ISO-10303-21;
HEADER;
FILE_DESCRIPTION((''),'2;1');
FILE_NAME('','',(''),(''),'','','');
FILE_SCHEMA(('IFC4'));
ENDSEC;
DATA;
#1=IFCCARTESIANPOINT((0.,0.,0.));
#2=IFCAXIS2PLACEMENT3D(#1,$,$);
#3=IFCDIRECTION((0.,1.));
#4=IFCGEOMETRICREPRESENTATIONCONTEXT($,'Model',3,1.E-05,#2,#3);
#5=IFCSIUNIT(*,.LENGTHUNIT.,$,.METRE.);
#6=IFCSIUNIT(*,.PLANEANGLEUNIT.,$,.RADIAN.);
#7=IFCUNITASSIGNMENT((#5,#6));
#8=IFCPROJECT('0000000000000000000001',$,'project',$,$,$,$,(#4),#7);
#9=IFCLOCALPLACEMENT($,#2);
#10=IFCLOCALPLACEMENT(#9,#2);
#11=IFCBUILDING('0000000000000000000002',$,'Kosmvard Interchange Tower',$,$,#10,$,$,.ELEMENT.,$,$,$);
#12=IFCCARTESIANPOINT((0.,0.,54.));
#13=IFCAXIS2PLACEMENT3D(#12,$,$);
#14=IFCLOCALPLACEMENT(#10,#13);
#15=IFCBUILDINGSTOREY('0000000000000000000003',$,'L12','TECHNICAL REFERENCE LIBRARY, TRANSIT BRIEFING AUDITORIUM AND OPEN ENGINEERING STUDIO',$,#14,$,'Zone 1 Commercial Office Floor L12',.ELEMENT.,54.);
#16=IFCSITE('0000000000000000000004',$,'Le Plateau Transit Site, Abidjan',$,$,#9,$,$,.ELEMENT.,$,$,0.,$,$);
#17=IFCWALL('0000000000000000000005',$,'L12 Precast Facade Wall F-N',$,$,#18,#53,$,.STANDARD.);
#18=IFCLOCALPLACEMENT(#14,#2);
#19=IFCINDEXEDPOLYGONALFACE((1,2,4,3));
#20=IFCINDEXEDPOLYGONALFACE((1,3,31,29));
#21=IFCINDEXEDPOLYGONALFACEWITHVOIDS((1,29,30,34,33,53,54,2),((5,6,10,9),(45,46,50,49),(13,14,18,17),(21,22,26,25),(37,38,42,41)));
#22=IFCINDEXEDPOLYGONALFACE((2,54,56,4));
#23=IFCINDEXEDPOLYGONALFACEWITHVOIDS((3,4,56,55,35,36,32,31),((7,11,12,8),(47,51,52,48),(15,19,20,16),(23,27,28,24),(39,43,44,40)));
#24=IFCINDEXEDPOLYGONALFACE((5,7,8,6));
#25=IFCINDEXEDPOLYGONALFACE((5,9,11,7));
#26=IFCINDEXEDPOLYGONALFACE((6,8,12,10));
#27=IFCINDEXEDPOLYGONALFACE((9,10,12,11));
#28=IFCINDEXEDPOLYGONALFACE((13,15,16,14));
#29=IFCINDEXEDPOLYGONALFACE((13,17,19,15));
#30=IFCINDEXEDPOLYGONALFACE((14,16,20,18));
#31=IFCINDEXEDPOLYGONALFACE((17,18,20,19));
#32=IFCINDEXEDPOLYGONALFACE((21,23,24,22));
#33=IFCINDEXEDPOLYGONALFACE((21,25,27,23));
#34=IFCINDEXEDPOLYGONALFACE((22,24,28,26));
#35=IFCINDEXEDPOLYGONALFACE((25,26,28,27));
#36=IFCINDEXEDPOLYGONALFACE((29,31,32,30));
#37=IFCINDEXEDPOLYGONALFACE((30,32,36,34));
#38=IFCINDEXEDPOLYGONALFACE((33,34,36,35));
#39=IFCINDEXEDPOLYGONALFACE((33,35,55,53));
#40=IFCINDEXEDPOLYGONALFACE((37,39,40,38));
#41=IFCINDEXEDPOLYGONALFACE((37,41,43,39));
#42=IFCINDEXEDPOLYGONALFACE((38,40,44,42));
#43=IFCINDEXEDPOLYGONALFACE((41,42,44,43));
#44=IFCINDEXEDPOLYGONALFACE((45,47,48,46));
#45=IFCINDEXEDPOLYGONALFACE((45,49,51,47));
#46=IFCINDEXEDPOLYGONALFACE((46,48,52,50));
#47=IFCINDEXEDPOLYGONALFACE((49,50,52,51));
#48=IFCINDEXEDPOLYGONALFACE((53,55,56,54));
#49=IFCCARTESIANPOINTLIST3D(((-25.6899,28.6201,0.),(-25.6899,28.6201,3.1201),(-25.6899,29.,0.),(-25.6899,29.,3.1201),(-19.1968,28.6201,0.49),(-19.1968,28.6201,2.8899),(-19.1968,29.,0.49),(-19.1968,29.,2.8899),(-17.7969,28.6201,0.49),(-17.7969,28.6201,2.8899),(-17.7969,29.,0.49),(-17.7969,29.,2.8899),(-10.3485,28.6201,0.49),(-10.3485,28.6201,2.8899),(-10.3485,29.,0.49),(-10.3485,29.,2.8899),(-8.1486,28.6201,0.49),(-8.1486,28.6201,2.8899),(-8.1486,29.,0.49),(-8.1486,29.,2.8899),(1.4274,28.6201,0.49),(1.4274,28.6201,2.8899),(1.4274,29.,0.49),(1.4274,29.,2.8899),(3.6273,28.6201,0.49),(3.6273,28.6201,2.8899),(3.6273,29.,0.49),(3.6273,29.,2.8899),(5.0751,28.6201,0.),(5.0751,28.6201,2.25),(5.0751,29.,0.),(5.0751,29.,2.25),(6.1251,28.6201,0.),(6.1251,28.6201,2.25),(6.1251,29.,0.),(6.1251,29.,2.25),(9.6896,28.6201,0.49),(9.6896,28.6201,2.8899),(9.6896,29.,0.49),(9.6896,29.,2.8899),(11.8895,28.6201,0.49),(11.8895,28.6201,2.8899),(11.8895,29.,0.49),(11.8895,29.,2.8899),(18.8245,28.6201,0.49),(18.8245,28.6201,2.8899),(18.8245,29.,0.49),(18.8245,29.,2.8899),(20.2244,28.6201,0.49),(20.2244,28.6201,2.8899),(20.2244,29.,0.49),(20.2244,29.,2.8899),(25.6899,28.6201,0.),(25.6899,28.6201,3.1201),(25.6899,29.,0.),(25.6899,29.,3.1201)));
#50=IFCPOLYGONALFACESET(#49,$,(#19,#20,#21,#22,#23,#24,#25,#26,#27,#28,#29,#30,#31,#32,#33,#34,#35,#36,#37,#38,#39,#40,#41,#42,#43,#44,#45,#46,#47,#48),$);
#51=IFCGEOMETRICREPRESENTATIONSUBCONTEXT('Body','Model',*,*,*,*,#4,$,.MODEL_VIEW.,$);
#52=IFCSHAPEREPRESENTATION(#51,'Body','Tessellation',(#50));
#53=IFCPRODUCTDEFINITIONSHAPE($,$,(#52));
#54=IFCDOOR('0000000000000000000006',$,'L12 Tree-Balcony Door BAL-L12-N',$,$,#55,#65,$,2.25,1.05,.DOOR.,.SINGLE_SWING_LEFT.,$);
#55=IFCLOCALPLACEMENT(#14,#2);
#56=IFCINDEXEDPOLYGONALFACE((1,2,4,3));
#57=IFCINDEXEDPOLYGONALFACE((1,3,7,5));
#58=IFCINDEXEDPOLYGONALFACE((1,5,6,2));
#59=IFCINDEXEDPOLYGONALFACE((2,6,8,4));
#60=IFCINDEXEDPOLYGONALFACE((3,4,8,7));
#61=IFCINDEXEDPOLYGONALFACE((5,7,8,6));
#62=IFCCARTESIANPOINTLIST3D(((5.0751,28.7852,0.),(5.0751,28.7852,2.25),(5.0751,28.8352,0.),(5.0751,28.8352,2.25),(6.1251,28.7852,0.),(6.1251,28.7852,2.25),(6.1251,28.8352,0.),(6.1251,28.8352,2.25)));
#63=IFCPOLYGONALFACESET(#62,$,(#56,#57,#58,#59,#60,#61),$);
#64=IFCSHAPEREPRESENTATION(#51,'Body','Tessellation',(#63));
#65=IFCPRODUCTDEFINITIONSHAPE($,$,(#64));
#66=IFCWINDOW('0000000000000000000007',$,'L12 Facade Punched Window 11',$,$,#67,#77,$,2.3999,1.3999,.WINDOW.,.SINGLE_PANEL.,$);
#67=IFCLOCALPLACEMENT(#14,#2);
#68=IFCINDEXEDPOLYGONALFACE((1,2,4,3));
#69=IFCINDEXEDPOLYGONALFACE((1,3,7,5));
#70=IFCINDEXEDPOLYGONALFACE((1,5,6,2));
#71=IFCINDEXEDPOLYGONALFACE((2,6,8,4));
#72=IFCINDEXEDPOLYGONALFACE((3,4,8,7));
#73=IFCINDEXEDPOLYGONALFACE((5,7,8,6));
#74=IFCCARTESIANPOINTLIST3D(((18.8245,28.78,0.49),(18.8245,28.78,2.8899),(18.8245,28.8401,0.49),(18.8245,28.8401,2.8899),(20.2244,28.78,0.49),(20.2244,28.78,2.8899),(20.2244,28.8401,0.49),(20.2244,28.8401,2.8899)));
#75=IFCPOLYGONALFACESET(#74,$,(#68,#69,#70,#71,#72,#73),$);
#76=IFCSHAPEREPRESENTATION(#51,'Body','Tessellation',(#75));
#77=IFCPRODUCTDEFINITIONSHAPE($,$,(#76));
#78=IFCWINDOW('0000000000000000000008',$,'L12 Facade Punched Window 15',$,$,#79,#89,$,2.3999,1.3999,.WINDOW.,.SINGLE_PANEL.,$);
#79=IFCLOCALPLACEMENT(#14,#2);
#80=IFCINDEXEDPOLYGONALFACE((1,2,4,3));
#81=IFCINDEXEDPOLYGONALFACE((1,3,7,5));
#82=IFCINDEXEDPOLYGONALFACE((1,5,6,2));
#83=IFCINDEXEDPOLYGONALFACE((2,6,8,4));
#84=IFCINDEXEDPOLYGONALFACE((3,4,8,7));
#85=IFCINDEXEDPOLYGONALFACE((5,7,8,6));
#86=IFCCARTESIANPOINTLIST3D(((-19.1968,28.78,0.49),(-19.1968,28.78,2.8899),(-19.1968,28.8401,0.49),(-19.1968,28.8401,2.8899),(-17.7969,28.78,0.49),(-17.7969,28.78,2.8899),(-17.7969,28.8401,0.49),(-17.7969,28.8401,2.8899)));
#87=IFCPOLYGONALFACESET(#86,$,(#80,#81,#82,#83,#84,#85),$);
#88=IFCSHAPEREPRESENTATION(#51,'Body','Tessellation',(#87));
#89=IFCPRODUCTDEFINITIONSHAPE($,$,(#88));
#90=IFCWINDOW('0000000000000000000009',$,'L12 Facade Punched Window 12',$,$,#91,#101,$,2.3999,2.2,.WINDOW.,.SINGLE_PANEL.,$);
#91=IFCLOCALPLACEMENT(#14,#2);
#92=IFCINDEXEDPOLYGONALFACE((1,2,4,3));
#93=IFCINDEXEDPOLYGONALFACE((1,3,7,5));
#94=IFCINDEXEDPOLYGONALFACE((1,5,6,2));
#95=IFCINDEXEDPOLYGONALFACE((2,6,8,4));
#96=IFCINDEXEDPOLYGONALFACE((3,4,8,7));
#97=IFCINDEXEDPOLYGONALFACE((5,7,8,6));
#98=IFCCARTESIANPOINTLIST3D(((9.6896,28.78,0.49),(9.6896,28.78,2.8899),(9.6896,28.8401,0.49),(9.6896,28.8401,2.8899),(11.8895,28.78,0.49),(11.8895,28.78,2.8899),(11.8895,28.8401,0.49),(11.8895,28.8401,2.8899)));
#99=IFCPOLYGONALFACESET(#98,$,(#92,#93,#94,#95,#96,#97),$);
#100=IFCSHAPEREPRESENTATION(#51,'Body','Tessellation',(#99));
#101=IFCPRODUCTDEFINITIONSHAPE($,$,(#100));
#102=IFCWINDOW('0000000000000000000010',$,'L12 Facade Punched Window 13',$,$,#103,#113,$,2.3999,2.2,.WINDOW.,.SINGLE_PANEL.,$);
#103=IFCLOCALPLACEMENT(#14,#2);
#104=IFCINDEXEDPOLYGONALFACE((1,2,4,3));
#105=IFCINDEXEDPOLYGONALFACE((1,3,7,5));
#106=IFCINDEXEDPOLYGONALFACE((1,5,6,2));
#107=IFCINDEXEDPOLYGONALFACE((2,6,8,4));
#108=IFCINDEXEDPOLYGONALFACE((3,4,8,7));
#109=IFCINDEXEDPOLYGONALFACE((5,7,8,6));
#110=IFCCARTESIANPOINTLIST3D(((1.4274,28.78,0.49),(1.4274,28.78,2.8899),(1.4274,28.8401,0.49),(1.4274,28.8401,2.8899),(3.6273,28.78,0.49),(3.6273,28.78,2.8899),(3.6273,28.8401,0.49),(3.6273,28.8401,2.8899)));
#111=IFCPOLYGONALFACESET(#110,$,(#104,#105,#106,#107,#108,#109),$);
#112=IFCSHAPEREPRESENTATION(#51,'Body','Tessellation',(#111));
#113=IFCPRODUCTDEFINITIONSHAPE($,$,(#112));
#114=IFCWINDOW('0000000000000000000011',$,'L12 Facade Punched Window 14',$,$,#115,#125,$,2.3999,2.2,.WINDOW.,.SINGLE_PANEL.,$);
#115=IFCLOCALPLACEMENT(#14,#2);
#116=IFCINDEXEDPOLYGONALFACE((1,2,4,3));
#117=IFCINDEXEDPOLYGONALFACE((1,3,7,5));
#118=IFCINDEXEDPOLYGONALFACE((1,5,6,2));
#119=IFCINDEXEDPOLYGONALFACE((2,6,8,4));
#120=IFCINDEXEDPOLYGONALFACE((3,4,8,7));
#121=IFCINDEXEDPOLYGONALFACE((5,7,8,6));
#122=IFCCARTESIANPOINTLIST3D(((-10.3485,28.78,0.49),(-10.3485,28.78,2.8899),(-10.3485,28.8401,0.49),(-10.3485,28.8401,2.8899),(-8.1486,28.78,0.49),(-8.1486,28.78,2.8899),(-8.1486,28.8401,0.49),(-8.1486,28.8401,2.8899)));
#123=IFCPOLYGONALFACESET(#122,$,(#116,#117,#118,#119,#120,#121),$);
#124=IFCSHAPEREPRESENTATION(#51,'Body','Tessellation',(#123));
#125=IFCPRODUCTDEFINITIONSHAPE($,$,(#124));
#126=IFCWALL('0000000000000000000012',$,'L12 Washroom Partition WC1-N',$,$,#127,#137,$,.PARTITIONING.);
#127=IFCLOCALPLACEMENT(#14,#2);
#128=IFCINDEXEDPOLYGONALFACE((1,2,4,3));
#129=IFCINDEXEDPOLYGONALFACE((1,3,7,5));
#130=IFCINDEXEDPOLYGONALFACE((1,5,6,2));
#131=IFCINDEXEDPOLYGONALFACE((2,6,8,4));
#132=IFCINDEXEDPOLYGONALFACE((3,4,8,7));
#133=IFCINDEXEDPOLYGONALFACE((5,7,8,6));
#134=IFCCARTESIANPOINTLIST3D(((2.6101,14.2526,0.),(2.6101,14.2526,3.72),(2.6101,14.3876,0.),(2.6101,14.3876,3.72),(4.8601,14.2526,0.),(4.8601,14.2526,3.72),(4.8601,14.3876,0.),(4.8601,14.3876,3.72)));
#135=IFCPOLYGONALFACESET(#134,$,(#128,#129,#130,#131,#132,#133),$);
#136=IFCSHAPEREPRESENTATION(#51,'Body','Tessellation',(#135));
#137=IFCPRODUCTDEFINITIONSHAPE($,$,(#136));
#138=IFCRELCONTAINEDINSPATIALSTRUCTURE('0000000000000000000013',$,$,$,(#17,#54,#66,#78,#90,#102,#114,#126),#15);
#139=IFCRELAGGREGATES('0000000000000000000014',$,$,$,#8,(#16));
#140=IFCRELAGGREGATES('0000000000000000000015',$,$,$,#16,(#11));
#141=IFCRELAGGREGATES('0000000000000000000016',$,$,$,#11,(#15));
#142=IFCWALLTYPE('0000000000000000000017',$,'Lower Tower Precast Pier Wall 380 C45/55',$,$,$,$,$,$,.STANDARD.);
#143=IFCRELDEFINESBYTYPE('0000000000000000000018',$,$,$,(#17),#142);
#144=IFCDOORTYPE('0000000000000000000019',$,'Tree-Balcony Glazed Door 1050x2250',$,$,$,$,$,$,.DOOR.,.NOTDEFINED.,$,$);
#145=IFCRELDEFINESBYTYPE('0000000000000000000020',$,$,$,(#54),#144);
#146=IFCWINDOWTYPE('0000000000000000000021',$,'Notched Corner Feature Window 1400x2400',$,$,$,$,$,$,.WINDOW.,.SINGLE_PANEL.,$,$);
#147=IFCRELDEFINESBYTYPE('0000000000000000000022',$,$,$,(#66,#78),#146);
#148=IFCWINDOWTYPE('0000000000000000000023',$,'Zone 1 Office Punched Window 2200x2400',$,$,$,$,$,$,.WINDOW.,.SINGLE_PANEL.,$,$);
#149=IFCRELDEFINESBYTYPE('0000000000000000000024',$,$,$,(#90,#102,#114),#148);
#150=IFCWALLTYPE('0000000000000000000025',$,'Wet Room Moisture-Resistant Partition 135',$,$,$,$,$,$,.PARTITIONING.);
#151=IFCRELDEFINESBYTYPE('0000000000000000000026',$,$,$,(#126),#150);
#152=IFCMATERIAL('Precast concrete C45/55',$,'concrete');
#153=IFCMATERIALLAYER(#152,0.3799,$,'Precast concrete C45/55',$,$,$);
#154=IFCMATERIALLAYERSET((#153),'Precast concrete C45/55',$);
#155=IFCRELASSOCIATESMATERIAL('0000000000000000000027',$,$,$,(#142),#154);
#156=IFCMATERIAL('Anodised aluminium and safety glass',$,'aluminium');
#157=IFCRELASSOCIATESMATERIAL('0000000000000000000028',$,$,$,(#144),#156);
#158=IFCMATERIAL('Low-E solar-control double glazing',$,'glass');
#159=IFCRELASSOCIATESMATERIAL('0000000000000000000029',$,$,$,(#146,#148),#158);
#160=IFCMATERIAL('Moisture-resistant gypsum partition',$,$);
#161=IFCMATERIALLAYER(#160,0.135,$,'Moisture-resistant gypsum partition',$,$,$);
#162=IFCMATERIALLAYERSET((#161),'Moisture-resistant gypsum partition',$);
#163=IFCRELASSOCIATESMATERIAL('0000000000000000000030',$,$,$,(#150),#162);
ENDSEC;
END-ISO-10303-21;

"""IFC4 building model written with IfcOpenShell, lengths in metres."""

from ifc_helpers import new_model, si_unit, direction, frame, frame_2d, origin, place, context, subcontext, project, spatial, rectangle, extrude, source, transform, mapped, material, layer, layer_set, type_object, element, fill, save


model = new_model("IFC4")

# Units and contexts
model_context = context("Model", 3, precision=1e-05, world=origin(), true_north=direction((0.0, 1.0)))
body_context = subcontext(model_context, "Body", "Model", "MODEL_VIEW")
ifc_project = project(units=[si_unit("LENGTHUNIT", "METRE"), si_unit("PLANEANGLEUNIT", "RADIAN")], contexts=[model_context])

# Site, building, storey
site_placement = place(None, origin())
site = spatial("IfcSite", under=ifc_project, at=site_placement, Name="Le Plateau Transit Site, Abidjan", CompositionType="ELEMENT", RefElevation=0.0)
building_placement = place(site_placement, origin())
building = spatial("IfcBuilding", under=site, at=building_placement, Name="Kosmvard Interchange Tower", CompositionType="ELEMENT")
storey_placement = place(building_placement, frame((0.0, 0.0, 54.0)))
storey = spatial("IfcBuildingStorey", under=building, at=storey_placement, Name="L12", Description="TECHNICAL REFERENCE LIBRARY, TRANSIT BRIEFING AUDITORIUM AND OPEN ENGINEERING STUDIO", LongName="Zone 1 Commercial Office Floor L12", CompositionType="ELEMENT", Elevation=54.0)

# Shared definitions
ifc_material_1 = material(Name="Precast concrete C45/55", Category="concrete")

# Shared definitions
ifc_layer_1 = layer(ifc_material_1, 0.3799, Name="Precast concrete C45/55")
ifc_layer_set_1 = layer_set([ifc_layer_1], Name="Precast concrete C45/55")
wall_type_1 = type_object("IfcWallType", Name="Lower Tower Precast Pier Wall 380 C45/55", PredefinedType="STANDARD", material=ifc_layer_set_1)

# Wall, openings, door, windows
wall_1_placement = place(storey_placement, frame((25.6899, 28.8101, 0.0), z_axis=(0.0, 0.0, 1.0), x_axis=(-1.0, 0.0, 0.0)))
wall_1 = element("IfcWall", 1, at=wall_1_placement, inside=storey, type_object=wall_type_1, Name="L12 Precast Facade Wall F-N", PredefinedType="STANDARD", context=body_context, shape_type="SweptSolid", body=[
    extrude(rectangle(XDim=51.3799, YDim=0.3799, at=frame_2d((25.6899, 0.0))), origin(), (0.0, 0.0, 1.0), 3.1201),
])
opening_1_placement = place(wall_1_placement, frame((19.5649, 0.0, 0.0)))
opening_1 = element("IfcOpeningElement", 2, at=opening_1_placement, cuts=wall_1, PredefinedType="OPENING", context=body_context, shape_type="SweptSolid", body=[
    extrude(rectangle(XDim=1.05, YDim=2.25, at=frame_2d((0.5249, 1.125))), frame((0.0, 0.2, 0.0), z_axis=(0.0, -1.0, 0.0), x_axis=(1.0, 0.0, 0.0)), (0.0, 0.0, 1.0), 0.3999),
])
opening_2_placement = place(wall_1_placement, frame((5.4656, 0.0, 0.49)))
opening_2 = element("IfcOpeningElement", 3, at=opening_2_placement, cuts=wall_1, PredefinedType="OPENING", context=body_context, shape_type="SweptSolid", body=[
    extrude(rectangle(XDim=1.3999, YDim=2.3999, at=frame_2d((0.7, 1.2))), frame((0.0, 0.2, 0.0), z_axis=(0.0, -1.0, 0.0), x_axis=(1.0, 0.0, 0.0)), (0.0, 0.0, 1.0), 0.3999),
])
opening_3_placement = place(wall_1_placement, frame((13.8003, 0.0, 0.49)))
opening_3 = element("IfcOpeningElement", 4, at=opening_3_placement, cuts=wall_1, PredefinedType="OPENING", context=body_context, shape_type="SweptSolid", body=[
    extrude(rectangle(XDim=2.2, YDim=2.3999, at=frame_2d((1.1001, 1.2))), frame((0.0, 0.2, 0.0), z_axis=(0.0, -1.0, 0.0), x_axis=(1.0, 0.0, 0.0)), (0.0, 0.0, 1.0), 0.3999),
])
opening_4_placement = place(wall_1_placement, frame((22.0625, 0.0, 0.49)))
opening_4 = element("IfcOpeningElement", 5, at=opening_4_placement, cuts=wall_1, PredefinedType="OPENING", context=body_context, shape_type="SweptSolid", body=[
    extrude(rectangle(XDim=2.2, YDim=2.3999, at=frame_2d((1.1001, 1.2))), frame((0.0, 0.2, 0.0), z_axis=(0.0, -1.0, 0.0), x_axis=(1.0, 0.0, 0.0)), (0.0, 0.0, 1.0), 0.3999),
])
opening_5_placement = place(wall_1_placement, frame((33.8384, 0.0, 0.49)))
opening_5 = element("IfcOpeningElement", 6, at=opening_5_placement, cuts=wall_1, PredefinedType="OPENING", context=body_context, shape_type="SweptSolid", body=[
    extrude(rectangle(XDim=2.2, YDim=2.3999, at=frame_2d((1.1001, 1.2))), frame((0.0, 0.2, 0.0), z_axis=(0.0, -1.0, 0.0), x_axis=(1.0, 0.0, 0.0)), (0.0, 0.0, 1.0), 0.3999),
])
opening_6_placement = place(wall_1_placement, frame((43.4868, 0.0, 0.49)))
opening_6 = element("IfcOpeningElement", 7, at=opening_6_placement, cuts=wall_1, PredefinedType="OPENING", context=body_context, shape_type="SweptSolid", body=[
    extrude(rectangle(XDim=1.3999, YDim=2.3999, at=frame_2d((0.7, 1.2))), frame((0.0, 0.2, 0.0), z_axis=(0.0, -1.0, 0.0), x_axis=(1.0, 0.0, 0.0)), (0.0, 0.0, 1.0), 0.3999),
])
ifc_material_2 = material(Name="Anodised aluminium and safety glass", Category="aluminium")
door_type = type_object("IfcDoorType", Name="Tree-Balcony Glazed Door 1050x2250", OperationType="NOTDEFINED", PredefinedType="DOOR", material=ifc_material_2)
shared_shape_1 = source(origin(), body_context, "Body", "SweptSolid", [
    extrude(rectangle(XDim=1.05, YDim=2.25, at=frame_2d((0.5249, 1.125))), frame((0.0, 0.0249, 0.0), z_axis=(0.0, -1.0, 0.0), x_axis=(1.0, 0.0, 0.0)), (0.0, 0.0, 1.0), 0.05),
])
door_placement = place(opening_1_placement, origin())
door = element("IfcDoor", 8, at=door_placement, inside=storey, type_object=door_type, Name="L12 Tree-Balcony Door BAL-L12-N", OperationType="SINGLE_SWING_LEFT", OverallHeight=2.25, OverallWidth=1.05, PredefinedType="DOOR", context=body_context, shape_type="MappedRepresentation", body=[
    mapped(shared_shape_1, transform((0.0, 0.0, 0.0), scale=1.0)),
])
fill(opening_1, door)
ifc_material_3 = material(Name="Low-E solar-control double glazing", Category="glass")
window_type_1 = type_object("IfcWindowType", Name="Notched Corner Feature Window 1400x2400", PartitioningType="SINGLE_PANEL", PredefinedType="WINDOW", material=ifc_material_3)
shared_shape_2 = source(origin(), body_context, "Body", "SweptSolid", [
    extrude(rectangle(XDim=1.3999, YDim=2.3999, at=frame_2d((0.7, 1.2))), frame((0.0, 0.03, 0.0), z_axis=(0.0, -1.0, 0.0), x_axis=(1.0, 0.0, 0.0)), (0.0, 0.0, 1.0), 0.0601),
])
window_1_placement = place(opening_2_placement, origin())
window_1 = element("IfcWindow", 9, at=window_1_placement, inside=storey, type_object=window_type_1, Name="L12 Facade Punched Window 11", OverallHeight=2.3999, OverallWidth=1.3999, PartitioningType="SINGLE_PANEL", PredefinedType="WINDOW", context=body_context, shape_type="MappedRepresentation", body=[
    mapped(shared_shape_2, transform((0.0, 0.0, 0.0), scale=1.0)),
])
fill(opening_2, window_1)
window_2_placement = place(opening_6_placement, origin())
window_2 = element("IfcWindow", 10, at=window_2_placement, inside=storey, type_object=window_type_1, Name="L12 Facade Punched Window 15", OverallHeight=2.3999, OverallWidth=1.3999, PartitioningType="SINGLE_PANEL", PredefinedType="WINDOW", context=body_context, shape_type="MappedRepresentation", body=[
    mapped(shared_shape_2, transform((0.0, 0.0, 0.0), scale=1.0)),
])
fill(opening_6, window_2)
window_type_2 = type_object("IfcWindowType", Name="Zone 1 Office Punched Window 2200x2400", PartitioningType="SINGLE_PANEL", PredefinedType="WINDOW", material=ifc_material_3)
shared_shape_3 = source(origin(), body_context, "Body", "SweptSolid", [
    extrude(rectangle(XDim=2.2, YDim=2.3999, at=frame_2d((1.1001, 1.2))), frame((0.0, 0.03, 0.0), z_axis=(0.0, -1.0, 0.0), x_axis=(1.0, 0.0, 0.0)), (0.0, 0.0, 1.0), 0.0601),
])
window_3_placement = place(opening_3_placement, origin())
window_3 = element("IfcWindow", 11, at=window_3_placement, inside=storey, type_object=window_type_2, Name="L12 Facade Punched Window 12", OverallHeight=2.3999, OverallWidth=2.2, PartitioningType="SINGLE_PANEL", PredefinedType="WINDOW", context=body_context, shape_type="MappedRepresentation", body=[
    mapped(shared_shape_3, transform((0.0, 0.0, 0.0), scale=1.0)),
])
fill(opening_3, window_3)
window_4_placement = place(opening_4_placement, origin())
window_4 = element("IfcWindow", 12, at=window_4_placement, inside=storey, type_object=window_type_2, Name="L12 Facade Punched Window 13", OverallHeight=2.3999, OverallWidth=2.2, PartitioningType="SINGLE_PANEL", PredefinedType="WINDOW", context=body_context, shape_type="MappedRepresentation", body=[
    mapped(shared_shape_3, transform((0.0, 0.0, 0.0), scale=1.0)),
])
fill(opening_4, window_4)
window_5_placement = place(opening_5_placement, origin())
window_5 = element("IfcWindow", 13, at=window_5_placement, inside=storey, type_object=window_type_2, Name="L12 Facade Punched Window 14", OverallHeight=2.3999, OverallWidth=2.2, PartitioningType="SINGLE_PANEL", PredefinedType="WINDOW", context=body_context, shape_type="MappedRepresentation", body=[
    mapped(shared_shape_3, transform((0.0, 0.0, 0.0), scale=1.0)),
])
fill(opening_5, window_5)

# Wall
ifc_material_4 = material(Name="Moisture-resistant gypsum partition")
ifc_layer_2 = layer(ifc_material_4, 0.135, Name="Moisture-resistant gypsum partition")
ifc_layer_set_2 = layer_set([ifc_layer_2], Name="Moisture-resistant gypsum partition")
wall_type_2 = type_object("IfcWallType", Name="Wet Room Moisture-Resistant Partition 135", PredefinedType="PARTITIONING", material=ifc_layer_set_2)
wall_2_placement = place(storey_placement, frame((2.6101, 14.3201, 0.0), z_axis=(0.0, 0.0, 1.0), x_axis=(1.0, 0.0, 0.0)))
element("IfcWall", 14, at=wall_2_placement, inside=storey, type_object=wall_type_2, Name="L12 Washroom Partition WC1-N", PredefinedType="PARTITIONING", context=body_context, shape_type="SweptSolid", body=[
    extrude(rectangle(XDim=2.25, YDim=0.135, at=frame_2d((1.125, 0.0))), origin(), (0.0, 0.0, 1.0), 3.72),
])

save(model, "model.ifc")
